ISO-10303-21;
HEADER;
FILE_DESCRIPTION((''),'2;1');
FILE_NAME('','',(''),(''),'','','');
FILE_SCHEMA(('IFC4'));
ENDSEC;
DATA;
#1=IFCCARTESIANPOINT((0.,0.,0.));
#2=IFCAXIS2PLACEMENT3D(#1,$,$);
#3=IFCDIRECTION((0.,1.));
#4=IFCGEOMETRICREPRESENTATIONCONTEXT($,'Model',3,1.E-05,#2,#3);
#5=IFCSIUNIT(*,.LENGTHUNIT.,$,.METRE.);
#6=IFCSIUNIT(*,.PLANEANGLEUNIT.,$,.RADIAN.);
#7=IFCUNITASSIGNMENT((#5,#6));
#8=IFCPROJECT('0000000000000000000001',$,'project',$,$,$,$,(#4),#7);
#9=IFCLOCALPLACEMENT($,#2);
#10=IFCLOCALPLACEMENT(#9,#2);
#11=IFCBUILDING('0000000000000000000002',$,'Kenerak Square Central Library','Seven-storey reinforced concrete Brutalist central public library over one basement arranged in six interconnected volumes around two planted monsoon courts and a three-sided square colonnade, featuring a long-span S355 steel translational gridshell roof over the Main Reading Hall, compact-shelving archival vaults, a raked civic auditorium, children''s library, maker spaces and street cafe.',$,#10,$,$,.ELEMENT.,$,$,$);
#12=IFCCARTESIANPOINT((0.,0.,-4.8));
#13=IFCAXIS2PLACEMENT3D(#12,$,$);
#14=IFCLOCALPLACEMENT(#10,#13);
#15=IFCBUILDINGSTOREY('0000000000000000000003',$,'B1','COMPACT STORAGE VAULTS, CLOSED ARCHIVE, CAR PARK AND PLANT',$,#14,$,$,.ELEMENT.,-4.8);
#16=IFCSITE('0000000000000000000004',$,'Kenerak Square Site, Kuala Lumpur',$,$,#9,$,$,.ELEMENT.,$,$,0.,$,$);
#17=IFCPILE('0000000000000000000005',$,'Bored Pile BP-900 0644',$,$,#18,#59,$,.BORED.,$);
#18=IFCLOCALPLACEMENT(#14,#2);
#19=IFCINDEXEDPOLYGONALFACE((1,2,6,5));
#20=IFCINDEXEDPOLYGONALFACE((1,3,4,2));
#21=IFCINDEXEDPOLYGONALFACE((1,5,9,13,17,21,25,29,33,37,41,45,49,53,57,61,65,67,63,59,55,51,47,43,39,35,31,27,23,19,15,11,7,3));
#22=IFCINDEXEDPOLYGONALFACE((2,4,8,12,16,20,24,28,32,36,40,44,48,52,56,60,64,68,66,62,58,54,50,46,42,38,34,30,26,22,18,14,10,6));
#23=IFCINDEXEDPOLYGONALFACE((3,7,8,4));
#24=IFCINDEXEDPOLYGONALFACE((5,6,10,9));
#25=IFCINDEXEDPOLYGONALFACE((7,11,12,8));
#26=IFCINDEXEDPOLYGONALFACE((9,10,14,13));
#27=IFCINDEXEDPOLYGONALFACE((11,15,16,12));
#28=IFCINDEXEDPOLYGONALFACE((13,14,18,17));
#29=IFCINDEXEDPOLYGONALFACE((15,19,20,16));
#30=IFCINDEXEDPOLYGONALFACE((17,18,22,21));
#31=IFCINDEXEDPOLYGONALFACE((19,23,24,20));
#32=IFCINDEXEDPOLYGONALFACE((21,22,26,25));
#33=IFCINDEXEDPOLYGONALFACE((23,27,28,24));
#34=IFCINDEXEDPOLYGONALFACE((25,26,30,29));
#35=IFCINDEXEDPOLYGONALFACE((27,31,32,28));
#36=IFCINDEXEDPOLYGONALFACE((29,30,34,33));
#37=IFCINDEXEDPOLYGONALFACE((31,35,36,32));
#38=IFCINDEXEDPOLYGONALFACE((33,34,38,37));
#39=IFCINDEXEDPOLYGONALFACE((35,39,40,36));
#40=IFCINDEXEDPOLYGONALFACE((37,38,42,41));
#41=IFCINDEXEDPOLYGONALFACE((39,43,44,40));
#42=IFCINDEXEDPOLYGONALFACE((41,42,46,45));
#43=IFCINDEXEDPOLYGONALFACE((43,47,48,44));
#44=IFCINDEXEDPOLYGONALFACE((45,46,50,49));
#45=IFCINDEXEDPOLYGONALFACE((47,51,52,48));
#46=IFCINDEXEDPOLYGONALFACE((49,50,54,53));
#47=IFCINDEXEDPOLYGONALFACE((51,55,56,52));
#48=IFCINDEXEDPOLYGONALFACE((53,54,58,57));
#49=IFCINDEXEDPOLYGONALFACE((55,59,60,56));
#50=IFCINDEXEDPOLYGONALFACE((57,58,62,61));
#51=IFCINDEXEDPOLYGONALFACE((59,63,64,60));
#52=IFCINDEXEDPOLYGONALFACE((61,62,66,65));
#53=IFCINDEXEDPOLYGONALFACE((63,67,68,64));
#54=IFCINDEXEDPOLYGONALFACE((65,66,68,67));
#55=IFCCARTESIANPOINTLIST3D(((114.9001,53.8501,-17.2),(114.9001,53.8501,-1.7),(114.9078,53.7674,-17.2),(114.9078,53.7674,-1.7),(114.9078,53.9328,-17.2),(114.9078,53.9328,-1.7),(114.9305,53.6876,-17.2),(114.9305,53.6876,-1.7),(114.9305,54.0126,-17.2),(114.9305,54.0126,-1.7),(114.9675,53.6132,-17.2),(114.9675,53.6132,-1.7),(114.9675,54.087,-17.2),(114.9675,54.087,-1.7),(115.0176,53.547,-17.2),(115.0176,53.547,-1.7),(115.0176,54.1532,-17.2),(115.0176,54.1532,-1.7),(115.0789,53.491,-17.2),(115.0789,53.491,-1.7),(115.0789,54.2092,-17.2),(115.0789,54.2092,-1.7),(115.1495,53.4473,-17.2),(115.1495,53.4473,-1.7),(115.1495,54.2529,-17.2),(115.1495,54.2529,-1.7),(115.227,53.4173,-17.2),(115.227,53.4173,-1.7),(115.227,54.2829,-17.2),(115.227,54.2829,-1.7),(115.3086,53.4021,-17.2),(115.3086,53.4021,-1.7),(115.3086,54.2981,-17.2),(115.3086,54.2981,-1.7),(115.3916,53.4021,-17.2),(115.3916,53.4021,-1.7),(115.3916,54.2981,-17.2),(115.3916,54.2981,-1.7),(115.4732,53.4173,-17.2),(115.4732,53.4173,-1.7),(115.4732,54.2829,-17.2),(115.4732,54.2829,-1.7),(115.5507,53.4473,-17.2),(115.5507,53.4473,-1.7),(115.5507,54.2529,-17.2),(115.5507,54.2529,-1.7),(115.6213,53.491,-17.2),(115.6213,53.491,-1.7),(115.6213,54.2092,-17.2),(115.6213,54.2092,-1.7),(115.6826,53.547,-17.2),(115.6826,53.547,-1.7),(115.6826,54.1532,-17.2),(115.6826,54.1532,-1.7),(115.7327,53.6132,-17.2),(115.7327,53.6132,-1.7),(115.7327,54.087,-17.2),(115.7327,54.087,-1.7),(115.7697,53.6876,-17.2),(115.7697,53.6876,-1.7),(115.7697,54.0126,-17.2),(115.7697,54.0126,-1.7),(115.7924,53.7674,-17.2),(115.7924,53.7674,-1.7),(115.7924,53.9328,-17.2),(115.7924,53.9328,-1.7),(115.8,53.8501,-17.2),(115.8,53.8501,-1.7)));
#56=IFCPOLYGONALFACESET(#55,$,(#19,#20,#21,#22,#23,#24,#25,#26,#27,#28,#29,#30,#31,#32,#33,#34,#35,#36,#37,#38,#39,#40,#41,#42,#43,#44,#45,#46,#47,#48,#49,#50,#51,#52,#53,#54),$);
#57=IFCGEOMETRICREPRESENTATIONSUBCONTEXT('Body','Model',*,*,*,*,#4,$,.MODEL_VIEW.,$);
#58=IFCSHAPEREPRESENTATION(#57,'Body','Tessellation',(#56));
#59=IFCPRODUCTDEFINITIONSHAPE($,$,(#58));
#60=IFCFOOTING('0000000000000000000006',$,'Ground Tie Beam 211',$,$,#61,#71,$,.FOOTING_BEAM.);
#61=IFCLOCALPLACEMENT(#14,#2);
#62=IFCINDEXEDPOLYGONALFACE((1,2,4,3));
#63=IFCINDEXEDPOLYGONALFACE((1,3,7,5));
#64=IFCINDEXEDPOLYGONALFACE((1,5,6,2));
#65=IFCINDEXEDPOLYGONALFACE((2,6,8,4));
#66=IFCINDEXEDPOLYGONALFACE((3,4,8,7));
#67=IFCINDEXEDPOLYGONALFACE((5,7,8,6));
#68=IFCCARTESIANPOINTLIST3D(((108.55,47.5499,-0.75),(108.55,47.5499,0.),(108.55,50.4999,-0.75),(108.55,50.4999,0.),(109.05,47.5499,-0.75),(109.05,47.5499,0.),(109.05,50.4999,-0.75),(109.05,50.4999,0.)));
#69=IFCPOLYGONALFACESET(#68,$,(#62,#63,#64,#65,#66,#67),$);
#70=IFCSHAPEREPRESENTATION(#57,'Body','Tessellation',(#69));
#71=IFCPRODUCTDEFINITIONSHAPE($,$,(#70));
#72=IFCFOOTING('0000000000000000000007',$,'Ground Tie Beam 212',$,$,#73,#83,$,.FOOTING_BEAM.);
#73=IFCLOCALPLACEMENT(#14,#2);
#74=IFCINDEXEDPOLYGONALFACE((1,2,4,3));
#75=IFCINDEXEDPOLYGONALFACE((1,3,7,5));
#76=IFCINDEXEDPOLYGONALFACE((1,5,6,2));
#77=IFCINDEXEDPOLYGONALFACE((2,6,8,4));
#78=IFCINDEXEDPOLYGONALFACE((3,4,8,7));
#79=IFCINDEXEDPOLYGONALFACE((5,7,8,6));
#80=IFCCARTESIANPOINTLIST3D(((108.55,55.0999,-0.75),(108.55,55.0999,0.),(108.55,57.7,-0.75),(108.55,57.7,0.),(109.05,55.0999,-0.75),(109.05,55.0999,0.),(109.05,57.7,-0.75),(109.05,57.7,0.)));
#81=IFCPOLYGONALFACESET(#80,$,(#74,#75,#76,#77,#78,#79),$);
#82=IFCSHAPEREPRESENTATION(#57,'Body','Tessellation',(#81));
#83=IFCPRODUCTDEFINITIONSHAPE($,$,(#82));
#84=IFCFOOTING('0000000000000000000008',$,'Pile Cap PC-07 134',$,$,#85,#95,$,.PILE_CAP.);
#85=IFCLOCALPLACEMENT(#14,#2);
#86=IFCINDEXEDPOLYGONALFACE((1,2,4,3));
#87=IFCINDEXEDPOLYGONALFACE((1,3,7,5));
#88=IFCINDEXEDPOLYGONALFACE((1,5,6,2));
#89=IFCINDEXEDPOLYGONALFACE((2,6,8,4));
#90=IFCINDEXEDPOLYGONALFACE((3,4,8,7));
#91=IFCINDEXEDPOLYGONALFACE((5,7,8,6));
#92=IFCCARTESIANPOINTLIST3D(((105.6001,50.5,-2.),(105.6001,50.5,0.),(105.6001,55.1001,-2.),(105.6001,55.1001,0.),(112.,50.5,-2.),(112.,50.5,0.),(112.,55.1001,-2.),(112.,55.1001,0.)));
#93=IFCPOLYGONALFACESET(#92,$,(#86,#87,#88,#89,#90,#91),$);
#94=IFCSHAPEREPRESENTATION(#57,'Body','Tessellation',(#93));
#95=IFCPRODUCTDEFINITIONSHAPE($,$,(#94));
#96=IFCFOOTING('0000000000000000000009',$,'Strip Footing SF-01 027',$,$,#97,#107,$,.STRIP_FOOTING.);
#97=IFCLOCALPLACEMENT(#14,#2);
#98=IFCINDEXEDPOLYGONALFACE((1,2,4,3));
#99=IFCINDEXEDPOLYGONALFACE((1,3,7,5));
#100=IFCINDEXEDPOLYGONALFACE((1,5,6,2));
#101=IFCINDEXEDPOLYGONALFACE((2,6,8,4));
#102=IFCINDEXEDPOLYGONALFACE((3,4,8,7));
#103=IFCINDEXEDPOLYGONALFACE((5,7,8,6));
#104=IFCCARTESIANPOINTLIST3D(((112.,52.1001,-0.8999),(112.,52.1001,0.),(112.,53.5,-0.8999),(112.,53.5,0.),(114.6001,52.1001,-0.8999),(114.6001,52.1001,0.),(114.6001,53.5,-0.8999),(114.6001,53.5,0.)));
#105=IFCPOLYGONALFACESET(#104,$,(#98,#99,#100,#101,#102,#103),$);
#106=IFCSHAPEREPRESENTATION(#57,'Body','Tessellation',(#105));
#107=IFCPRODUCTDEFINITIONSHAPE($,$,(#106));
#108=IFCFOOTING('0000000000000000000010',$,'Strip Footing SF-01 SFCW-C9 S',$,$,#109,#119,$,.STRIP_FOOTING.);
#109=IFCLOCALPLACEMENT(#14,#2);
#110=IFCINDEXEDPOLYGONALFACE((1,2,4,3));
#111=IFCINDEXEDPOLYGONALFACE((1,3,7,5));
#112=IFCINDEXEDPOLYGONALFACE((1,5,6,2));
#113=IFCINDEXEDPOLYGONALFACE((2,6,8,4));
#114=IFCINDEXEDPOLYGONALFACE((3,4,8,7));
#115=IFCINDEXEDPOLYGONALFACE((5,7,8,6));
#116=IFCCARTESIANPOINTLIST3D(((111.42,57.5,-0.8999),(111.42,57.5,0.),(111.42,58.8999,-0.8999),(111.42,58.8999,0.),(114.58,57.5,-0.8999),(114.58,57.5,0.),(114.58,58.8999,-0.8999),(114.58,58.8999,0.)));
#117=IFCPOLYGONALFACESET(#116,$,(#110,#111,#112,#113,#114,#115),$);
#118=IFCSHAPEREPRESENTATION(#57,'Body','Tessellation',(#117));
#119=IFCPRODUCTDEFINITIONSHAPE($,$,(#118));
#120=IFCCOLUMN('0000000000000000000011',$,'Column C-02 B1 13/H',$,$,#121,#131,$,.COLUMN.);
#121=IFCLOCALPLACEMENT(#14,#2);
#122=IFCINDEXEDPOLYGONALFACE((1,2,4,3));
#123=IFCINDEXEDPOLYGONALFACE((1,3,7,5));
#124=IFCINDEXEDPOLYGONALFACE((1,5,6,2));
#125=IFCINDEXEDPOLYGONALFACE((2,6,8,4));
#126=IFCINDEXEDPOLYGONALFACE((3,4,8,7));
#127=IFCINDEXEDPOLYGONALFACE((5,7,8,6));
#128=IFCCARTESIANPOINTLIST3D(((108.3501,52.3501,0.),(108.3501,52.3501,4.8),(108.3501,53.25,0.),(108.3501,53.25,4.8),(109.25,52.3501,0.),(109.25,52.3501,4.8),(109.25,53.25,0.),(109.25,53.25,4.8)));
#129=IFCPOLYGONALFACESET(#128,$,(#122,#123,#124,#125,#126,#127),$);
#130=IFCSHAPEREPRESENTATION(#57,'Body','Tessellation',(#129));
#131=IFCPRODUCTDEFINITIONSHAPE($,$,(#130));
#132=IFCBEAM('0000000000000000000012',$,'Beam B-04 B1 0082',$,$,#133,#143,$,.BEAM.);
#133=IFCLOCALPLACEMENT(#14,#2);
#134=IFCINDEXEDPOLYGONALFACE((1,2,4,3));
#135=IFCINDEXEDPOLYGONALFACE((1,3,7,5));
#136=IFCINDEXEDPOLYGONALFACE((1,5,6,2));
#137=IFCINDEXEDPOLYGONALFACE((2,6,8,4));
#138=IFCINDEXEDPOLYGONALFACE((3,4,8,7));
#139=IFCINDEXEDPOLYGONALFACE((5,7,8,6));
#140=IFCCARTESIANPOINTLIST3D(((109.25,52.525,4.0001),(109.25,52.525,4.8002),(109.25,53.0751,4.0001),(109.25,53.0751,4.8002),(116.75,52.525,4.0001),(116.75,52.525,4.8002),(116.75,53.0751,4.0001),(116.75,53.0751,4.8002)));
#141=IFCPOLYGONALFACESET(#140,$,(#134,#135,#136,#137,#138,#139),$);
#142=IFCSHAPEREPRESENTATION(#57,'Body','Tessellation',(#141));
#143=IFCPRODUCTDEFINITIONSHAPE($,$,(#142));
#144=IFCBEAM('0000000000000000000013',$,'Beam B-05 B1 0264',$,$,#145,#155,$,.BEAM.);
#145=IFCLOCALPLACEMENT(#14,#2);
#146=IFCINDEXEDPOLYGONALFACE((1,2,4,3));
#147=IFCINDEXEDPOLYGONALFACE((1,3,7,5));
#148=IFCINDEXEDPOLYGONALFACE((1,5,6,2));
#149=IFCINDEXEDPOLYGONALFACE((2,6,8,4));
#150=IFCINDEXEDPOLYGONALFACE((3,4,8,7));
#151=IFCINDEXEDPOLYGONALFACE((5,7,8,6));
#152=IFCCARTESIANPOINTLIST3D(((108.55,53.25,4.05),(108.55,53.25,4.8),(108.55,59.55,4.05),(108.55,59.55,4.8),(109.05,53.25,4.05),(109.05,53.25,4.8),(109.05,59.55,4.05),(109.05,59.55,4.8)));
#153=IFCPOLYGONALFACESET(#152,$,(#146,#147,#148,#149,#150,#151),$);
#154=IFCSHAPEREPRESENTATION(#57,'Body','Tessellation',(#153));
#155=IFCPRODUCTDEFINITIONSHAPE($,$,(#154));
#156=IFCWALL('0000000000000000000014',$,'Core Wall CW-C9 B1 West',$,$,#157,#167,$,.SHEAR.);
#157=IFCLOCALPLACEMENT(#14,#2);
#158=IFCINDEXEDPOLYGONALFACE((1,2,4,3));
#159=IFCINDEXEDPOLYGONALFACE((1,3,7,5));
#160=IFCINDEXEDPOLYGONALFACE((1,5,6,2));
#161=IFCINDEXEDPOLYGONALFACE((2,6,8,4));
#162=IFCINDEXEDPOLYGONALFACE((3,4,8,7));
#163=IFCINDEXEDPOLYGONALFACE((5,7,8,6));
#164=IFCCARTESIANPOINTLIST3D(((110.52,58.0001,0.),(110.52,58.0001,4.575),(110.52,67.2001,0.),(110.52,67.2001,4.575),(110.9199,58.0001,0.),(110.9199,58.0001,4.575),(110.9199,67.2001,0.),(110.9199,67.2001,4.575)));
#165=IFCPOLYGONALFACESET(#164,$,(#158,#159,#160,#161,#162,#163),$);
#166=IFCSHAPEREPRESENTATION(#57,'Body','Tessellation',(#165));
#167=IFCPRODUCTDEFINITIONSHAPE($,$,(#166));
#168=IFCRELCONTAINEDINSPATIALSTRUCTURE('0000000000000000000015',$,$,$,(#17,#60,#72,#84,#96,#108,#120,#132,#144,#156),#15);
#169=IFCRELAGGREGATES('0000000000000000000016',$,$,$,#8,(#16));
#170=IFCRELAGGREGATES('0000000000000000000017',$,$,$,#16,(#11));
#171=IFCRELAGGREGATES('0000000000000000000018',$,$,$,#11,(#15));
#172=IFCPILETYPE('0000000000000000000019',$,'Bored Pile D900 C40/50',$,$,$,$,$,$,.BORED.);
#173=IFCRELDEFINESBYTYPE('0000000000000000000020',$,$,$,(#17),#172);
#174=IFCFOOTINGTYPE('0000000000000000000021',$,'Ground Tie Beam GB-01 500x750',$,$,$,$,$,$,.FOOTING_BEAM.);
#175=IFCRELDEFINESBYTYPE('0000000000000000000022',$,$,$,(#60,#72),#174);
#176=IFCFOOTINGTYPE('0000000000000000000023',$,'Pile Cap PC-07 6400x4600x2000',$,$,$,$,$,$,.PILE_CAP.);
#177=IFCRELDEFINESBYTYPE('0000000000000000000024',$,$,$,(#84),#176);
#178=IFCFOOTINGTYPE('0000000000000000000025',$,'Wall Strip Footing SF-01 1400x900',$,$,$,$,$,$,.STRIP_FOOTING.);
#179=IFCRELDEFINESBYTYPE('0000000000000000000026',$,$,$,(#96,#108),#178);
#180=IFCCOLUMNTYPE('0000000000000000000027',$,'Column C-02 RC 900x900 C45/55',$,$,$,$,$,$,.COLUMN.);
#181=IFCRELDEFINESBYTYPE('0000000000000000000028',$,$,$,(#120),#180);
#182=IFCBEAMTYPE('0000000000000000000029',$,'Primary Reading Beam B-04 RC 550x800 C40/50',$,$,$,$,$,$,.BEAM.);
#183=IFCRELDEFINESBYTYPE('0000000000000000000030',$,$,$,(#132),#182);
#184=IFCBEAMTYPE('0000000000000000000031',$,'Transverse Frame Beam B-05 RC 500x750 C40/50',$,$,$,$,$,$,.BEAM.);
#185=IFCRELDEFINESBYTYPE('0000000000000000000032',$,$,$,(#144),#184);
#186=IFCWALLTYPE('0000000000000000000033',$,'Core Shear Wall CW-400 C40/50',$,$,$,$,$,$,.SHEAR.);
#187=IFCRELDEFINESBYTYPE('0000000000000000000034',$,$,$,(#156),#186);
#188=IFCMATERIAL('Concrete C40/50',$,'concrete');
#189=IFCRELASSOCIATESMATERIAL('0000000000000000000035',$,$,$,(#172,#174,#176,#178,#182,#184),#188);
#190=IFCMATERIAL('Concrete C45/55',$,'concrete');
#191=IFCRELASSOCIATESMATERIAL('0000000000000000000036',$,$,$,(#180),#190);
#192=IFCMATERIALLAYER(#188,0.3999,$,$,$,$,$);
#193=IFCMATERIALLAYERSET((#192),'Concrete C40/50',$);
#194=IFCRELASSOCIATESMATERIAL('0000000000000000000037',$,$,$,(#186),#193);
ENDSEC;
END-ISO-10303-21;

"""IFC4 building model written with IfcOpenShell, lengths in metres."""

from ifc_helpers import new_model, si_unit, direction, frame, frame_2d, origin, origin_2d, place, context, subcontext, project, spatial, rectangle, circle, extrude, material, layer, layer_set, material_profile, profile_set, type_object, element, save


model = new_model("IFC4")

# Units and contexts
model_context = context("Model", 3, precision=1e-05, world=origin(), true_north=direction((0.0, 1.0)))
body_context = subcontext(model_context, "Body", "Model", "MODEL_VIEW")
ifc_project = project(units=[si_unit("LENGTHUNIT", "METRE"), si_unit("PLANEANGLEUNIT", "RADIAN")], contexts=[model_context])

# Site, building, storey
site_placement = place(None, origin())
site = spatial("IfcSite", under=ifc_project, at=site_placement, Name="Kenerak Square Site, Kuala Lumpur", CompositionType="ELEMENT", RefElevation=0.0)
building_placement = place(site_placement, origin())
building = spatial("IfcBuilding", under=site, at=building_placement, Name="Kenerak Square Central Library", Description="Seven-storey reinforced concrete Brutalist central public library over one basement arranged in six interconnected volumes around two planted monsoon courts and a three-sided square colonnade, featuring a long-span S355 steel translational gridshell roof over the Main Reading Hall, compact-shelving archival vaults, a raked civic auditorium, children's library, maker spaces and street cafe.", CompositionType="ELEMENT")
storey_placement = place(building_placement, frame((0.0, 0.0, -4.8)))
storey = spatial("IfcBuildingStorey", under=building, at=storey_placement, Name="B1", Description="COMPACT STORAGE VAULTS, CLOSED ARCHIVE, CAR PARK AND PLANT", CompositionType="ELEMENT", Elevation=-4.8)

# Pile
ifc_material_1 = material(Name="Concrete C40/50", Category="concrete")
ifc_material_profile_1 = material_profile(ifc_material_1, circle(Radius=0.45, at=origin_2d()), Name="BP D900")
ifc_profile_set_1 = profile_set([ifc_material_profile_1], Name="Concrete C40/50")
pile_type_1 = type_object("IfcPileType", Name="Bored Pile D900 C40/50", PredefinedType="BORED", material=ifc_profile_set_1)
for number, where, z_axis, x_axis, name in (
    (1, (115.3501, 53.8501, -1.7), (0.0, 0.0, -1.0), (1.0, 0.0, 0.0), "Bored Pile BP-900 0644"),
):
    element("IfcPile", number, at=place(storey_placement, frame(where, z_axis=z_axis, x_axis=x_axis)), inside=storey, type_object=pile_type_1, Name=name, PredefinedType="BORED", context=body_context, shape_type="SweptSolid", body=[
        extrude(circle(Radius=0.45, at=origin_2d()), origin(), (0.0, 0.0, 1.0), 15.5),
    ])

# Footings
footing_type_1 = type_object("IfcFootingType", Name="Ground Tie Beam GB-01 500x750", PredefinedType="FOOTING_BEAM", material=ifc_material_1)
footing_1_placement = place(storey_placement, frame((108.8, 49.0249, -0.75), z_axis=(0.0, 0.0, 1.0), x_axis=(1.0, 0.0, 0.0)))
element("IfcFooting", 2, at=footing_1_placement, inside=storey, type_object=footing_type_1, Name="Ground Tie Beam 211", PredefinedType="FOOTING_BEAM", context=body_context, shape_type="SweptSolid", body=[
    extrude(rectangle(XDim=0.5, YDim=2.95, at=origin_2d()), origin(), (0.0, 0.0, 1.0), 0.75),
])
footing_2_placement = place(storey_placement, frame((108.8, 56.3999, -0.75), z_axis=(0.0, 0.0, 1.0), x_axis=(1.0, 0.0, 0.0)))
element("IfcFooting", 3, at=footing_2_placement, inside=storey, type_object=footing_type_1, Name="Ground Tie Beam 212", PredefinedType="FOOTING_BEAM", context=body_context, shape_type="SweptSolid", body=[
    extrude(rectangle(XDim=0.5, YDim=2.6001, at=origin_2d()), origin(), (0.0, 0.0, 1.0), 0.75),
])
footing_type_2 = type_object("IfcFootingType", Name="Pile Cap PC-07 6400x4600x2000", PredefinedType="PILE_CAP", material=ifc_material_1)
footing_3_placement = place(storey_placement, frame((108.8, 52.8, -2.0), z_axis=(0.0, 0.0, 1.0), x_axis=(1.0, 0.0, 0.0)))
element("IfcFooting", 4, at=footing_3_placement, inside=storey, type_object=footing_type_2, Name="Pile Cap PC-07 134", PredefinedType="PILE_CAP", context=body_context, shape_type="SweptSolid", body=[
    extrude(rectangle(XDim=6.3999, YDim=4.6001, at=origin_2d()), origin(), (0.0, 0.0, 1.0), 2.0),
])
footing_type_3 = type_object("IfcFootingType", Name="Wall Strip Footing SF-01 1400x900", PredefinedType="STRIP_FOOTING", material=ifc_material_1)
footing_4_placement = place(storey_placement, frame((113.3, 52.8, -0.8999), z_axis=(0.0, 0.0, 1.0), x_axis=(1.0, 0.0, 0.0)))
element("IfcFooting", 5, at=footing_4_placement, inside=storey, type_object=footing_type_3, Name="Strip Footing SF-01 027", PredefinedType="STRIP_FOOTING", context=body_context, shape_type="SweptSolid", body=[
    extrude(rectangle(XDim=2.6001, YDim=1.3999, at=origin_2d()), origin(), (0.0, 0.0, 1.0), 0.8999),
])
footing_5_placement = place(storey_placement, frame((113.0, 58.2, -0.8999), z_axis=(0.0, 0.0, 1.0), x_axis=(1.0, 0.0, 0.0)))
element("IfcFooting", 6, at=footing_5_placement, inside=storey, type_object=footing_type_3, Name="Strip Footing SF-01 SFCW-C9 S", PredefinedType="STRIP_FOOTING", context=body_context, shape_type="SweptSolid", body=[
    extrude(rectangle(XDim=3.1599, YDim=1.3999, at=origin_2d()), origin(), (0.0, 0.0, 1.0), 0.8999),
])

# Column
ifc_material_2 = material(Name="Concrete C45/55", Category="concrete")
ifc_material_profile_2 = material_profile(ifc_material_2, rectangle(XDim=0.8999, YDim=0.8999, at=origin_2d()), Name="RC 900x900")
ifc_profile_set_2 = profile_set([ifc_material_profile_2], Name="Concrete C45/55")
column_type = type_object("IfcColumnType", Name="Column C-02 RC 900x900 C45/55", PredefinedType="COLUMN", material=ifc_profile_set_2)
column_placement = place(storey_placement, frame((108.8, 52.8, 0.0), z_axis=(0.0, 0.0, 1.0), x_axis=(1.0, 0.0, 0.0)))
element("IfcColumn", 7, at=column_placement, inside=storey, type_object=column_type, Name="Column C-02 B1 13/H", PredefinedType="COLUMN", context=body_context, shape_type="SweptSolid", body=[
    extrude(rectangle(XDim=0.8999, YDim=0.8999, at=origin_2d()), origin(), (0.0, 0.0, 1.0), 4.8),
])

# Beams
ifc_material_profile_3 = material_profile(ifc_material_1, rectangle(XDim=0.55, YDim=0.8, at=origin_2d()), Name="RC 550x800")
ifc_profile_set_3 = profile_set([ifc_material_profile_3], Name="Concrete C40/50")
beam_type_1 = type_object("IfcBeamType", Name="Primary Reading Beam B-04 RC 550x800 C40/50", PredefinedType="BEAM", material=ifc_profile_set_3)
beam_1_placement = place(storey_placement, frame((109.25, 52.8, 4.4001), z_axis=(1.0, 0.0, 0.0), x_axis=(0.0, 1.0, 0.0)))
element("IfcBeam", 8, at=beam_1_placement, inside=storey, type_object=beam_type_1, Name="Beam B-04 B1 0082", PredefinedType="BEAM", context=body_context, shape_type="SweptSolid", body=[
    extrude(rectangle(XDim=0.55, YDim=0.8, at=origin_2d()), origin(), (0.0, 0.0, 1.0), 7.5),
])
ifc_material_profile_4 = material_profile(ifc_material_1, rectangle(XDim=0.5, YDim=0.75, at=origin_2d()), Name="RC 500x750")
ifc_profile_set_4 = profile_set([ifc_material_profile_4], Name="Concrete C40/50")
beam_type_2 = type_object("IfcBeamType", Name="Transverse Frame Beam B-05 RC 500x750 C40/50", PredefinedType="BEAM", material=ifc_profile_set_4)
beam_2_placement = place(storey_placement, frame((108.8, 53.25, 4.425), z_axis=(0.0, 1.0, 0.0), x_axis=(-1.0, 0.0, 0.0)))
element("IfcBeam", 9, at=beam_2_placement, inside=storey, type_object=beam_type_2, Name="Beam B-05 B1 0264", PredefinedType="BEAM", context=body_context, shape_type="SweptSolid", body=[
    extrude(rectangle(XDim=0.5, YDim=0.75, at=origin_2d()), origin(), (0.0, 0.0, 1.0), 6.3),
])

# Wall
ifc_layer = layer(ifc_material_1, 0.3999)
ifc_layer_set = layer_set([ifc_layer], Name="Concrete C40/50")
wall_type = type_object("IfcWallType", Name="Core Shear Wall CW-400 C40/50", PredefinedType="SHEAR", material=ifc_layer_set)
wall_1_placement = place(storey_placement, frame((110.72, 58.0, 0.0), z_axis=(0.0, 0.0, 1.0), x_axis=(0.0, 1.0, 0.0)))
element("IfcWall", 10, at=wall_1_placement, inside=storey, type_object=wall_type, Name="Core Wall CW-C9 B1 West", PredefinedType="SHEAR", context=body_context, shape_type="SweptSolid", body=[
    extrude(rectangle(XDim=9.2, YDim=0.3999, at=frame_2d((4.6001, 0.0))), origin(), (0.0, 0.0, 1.0), 4.575),
])

save(model, "model.ifc")
